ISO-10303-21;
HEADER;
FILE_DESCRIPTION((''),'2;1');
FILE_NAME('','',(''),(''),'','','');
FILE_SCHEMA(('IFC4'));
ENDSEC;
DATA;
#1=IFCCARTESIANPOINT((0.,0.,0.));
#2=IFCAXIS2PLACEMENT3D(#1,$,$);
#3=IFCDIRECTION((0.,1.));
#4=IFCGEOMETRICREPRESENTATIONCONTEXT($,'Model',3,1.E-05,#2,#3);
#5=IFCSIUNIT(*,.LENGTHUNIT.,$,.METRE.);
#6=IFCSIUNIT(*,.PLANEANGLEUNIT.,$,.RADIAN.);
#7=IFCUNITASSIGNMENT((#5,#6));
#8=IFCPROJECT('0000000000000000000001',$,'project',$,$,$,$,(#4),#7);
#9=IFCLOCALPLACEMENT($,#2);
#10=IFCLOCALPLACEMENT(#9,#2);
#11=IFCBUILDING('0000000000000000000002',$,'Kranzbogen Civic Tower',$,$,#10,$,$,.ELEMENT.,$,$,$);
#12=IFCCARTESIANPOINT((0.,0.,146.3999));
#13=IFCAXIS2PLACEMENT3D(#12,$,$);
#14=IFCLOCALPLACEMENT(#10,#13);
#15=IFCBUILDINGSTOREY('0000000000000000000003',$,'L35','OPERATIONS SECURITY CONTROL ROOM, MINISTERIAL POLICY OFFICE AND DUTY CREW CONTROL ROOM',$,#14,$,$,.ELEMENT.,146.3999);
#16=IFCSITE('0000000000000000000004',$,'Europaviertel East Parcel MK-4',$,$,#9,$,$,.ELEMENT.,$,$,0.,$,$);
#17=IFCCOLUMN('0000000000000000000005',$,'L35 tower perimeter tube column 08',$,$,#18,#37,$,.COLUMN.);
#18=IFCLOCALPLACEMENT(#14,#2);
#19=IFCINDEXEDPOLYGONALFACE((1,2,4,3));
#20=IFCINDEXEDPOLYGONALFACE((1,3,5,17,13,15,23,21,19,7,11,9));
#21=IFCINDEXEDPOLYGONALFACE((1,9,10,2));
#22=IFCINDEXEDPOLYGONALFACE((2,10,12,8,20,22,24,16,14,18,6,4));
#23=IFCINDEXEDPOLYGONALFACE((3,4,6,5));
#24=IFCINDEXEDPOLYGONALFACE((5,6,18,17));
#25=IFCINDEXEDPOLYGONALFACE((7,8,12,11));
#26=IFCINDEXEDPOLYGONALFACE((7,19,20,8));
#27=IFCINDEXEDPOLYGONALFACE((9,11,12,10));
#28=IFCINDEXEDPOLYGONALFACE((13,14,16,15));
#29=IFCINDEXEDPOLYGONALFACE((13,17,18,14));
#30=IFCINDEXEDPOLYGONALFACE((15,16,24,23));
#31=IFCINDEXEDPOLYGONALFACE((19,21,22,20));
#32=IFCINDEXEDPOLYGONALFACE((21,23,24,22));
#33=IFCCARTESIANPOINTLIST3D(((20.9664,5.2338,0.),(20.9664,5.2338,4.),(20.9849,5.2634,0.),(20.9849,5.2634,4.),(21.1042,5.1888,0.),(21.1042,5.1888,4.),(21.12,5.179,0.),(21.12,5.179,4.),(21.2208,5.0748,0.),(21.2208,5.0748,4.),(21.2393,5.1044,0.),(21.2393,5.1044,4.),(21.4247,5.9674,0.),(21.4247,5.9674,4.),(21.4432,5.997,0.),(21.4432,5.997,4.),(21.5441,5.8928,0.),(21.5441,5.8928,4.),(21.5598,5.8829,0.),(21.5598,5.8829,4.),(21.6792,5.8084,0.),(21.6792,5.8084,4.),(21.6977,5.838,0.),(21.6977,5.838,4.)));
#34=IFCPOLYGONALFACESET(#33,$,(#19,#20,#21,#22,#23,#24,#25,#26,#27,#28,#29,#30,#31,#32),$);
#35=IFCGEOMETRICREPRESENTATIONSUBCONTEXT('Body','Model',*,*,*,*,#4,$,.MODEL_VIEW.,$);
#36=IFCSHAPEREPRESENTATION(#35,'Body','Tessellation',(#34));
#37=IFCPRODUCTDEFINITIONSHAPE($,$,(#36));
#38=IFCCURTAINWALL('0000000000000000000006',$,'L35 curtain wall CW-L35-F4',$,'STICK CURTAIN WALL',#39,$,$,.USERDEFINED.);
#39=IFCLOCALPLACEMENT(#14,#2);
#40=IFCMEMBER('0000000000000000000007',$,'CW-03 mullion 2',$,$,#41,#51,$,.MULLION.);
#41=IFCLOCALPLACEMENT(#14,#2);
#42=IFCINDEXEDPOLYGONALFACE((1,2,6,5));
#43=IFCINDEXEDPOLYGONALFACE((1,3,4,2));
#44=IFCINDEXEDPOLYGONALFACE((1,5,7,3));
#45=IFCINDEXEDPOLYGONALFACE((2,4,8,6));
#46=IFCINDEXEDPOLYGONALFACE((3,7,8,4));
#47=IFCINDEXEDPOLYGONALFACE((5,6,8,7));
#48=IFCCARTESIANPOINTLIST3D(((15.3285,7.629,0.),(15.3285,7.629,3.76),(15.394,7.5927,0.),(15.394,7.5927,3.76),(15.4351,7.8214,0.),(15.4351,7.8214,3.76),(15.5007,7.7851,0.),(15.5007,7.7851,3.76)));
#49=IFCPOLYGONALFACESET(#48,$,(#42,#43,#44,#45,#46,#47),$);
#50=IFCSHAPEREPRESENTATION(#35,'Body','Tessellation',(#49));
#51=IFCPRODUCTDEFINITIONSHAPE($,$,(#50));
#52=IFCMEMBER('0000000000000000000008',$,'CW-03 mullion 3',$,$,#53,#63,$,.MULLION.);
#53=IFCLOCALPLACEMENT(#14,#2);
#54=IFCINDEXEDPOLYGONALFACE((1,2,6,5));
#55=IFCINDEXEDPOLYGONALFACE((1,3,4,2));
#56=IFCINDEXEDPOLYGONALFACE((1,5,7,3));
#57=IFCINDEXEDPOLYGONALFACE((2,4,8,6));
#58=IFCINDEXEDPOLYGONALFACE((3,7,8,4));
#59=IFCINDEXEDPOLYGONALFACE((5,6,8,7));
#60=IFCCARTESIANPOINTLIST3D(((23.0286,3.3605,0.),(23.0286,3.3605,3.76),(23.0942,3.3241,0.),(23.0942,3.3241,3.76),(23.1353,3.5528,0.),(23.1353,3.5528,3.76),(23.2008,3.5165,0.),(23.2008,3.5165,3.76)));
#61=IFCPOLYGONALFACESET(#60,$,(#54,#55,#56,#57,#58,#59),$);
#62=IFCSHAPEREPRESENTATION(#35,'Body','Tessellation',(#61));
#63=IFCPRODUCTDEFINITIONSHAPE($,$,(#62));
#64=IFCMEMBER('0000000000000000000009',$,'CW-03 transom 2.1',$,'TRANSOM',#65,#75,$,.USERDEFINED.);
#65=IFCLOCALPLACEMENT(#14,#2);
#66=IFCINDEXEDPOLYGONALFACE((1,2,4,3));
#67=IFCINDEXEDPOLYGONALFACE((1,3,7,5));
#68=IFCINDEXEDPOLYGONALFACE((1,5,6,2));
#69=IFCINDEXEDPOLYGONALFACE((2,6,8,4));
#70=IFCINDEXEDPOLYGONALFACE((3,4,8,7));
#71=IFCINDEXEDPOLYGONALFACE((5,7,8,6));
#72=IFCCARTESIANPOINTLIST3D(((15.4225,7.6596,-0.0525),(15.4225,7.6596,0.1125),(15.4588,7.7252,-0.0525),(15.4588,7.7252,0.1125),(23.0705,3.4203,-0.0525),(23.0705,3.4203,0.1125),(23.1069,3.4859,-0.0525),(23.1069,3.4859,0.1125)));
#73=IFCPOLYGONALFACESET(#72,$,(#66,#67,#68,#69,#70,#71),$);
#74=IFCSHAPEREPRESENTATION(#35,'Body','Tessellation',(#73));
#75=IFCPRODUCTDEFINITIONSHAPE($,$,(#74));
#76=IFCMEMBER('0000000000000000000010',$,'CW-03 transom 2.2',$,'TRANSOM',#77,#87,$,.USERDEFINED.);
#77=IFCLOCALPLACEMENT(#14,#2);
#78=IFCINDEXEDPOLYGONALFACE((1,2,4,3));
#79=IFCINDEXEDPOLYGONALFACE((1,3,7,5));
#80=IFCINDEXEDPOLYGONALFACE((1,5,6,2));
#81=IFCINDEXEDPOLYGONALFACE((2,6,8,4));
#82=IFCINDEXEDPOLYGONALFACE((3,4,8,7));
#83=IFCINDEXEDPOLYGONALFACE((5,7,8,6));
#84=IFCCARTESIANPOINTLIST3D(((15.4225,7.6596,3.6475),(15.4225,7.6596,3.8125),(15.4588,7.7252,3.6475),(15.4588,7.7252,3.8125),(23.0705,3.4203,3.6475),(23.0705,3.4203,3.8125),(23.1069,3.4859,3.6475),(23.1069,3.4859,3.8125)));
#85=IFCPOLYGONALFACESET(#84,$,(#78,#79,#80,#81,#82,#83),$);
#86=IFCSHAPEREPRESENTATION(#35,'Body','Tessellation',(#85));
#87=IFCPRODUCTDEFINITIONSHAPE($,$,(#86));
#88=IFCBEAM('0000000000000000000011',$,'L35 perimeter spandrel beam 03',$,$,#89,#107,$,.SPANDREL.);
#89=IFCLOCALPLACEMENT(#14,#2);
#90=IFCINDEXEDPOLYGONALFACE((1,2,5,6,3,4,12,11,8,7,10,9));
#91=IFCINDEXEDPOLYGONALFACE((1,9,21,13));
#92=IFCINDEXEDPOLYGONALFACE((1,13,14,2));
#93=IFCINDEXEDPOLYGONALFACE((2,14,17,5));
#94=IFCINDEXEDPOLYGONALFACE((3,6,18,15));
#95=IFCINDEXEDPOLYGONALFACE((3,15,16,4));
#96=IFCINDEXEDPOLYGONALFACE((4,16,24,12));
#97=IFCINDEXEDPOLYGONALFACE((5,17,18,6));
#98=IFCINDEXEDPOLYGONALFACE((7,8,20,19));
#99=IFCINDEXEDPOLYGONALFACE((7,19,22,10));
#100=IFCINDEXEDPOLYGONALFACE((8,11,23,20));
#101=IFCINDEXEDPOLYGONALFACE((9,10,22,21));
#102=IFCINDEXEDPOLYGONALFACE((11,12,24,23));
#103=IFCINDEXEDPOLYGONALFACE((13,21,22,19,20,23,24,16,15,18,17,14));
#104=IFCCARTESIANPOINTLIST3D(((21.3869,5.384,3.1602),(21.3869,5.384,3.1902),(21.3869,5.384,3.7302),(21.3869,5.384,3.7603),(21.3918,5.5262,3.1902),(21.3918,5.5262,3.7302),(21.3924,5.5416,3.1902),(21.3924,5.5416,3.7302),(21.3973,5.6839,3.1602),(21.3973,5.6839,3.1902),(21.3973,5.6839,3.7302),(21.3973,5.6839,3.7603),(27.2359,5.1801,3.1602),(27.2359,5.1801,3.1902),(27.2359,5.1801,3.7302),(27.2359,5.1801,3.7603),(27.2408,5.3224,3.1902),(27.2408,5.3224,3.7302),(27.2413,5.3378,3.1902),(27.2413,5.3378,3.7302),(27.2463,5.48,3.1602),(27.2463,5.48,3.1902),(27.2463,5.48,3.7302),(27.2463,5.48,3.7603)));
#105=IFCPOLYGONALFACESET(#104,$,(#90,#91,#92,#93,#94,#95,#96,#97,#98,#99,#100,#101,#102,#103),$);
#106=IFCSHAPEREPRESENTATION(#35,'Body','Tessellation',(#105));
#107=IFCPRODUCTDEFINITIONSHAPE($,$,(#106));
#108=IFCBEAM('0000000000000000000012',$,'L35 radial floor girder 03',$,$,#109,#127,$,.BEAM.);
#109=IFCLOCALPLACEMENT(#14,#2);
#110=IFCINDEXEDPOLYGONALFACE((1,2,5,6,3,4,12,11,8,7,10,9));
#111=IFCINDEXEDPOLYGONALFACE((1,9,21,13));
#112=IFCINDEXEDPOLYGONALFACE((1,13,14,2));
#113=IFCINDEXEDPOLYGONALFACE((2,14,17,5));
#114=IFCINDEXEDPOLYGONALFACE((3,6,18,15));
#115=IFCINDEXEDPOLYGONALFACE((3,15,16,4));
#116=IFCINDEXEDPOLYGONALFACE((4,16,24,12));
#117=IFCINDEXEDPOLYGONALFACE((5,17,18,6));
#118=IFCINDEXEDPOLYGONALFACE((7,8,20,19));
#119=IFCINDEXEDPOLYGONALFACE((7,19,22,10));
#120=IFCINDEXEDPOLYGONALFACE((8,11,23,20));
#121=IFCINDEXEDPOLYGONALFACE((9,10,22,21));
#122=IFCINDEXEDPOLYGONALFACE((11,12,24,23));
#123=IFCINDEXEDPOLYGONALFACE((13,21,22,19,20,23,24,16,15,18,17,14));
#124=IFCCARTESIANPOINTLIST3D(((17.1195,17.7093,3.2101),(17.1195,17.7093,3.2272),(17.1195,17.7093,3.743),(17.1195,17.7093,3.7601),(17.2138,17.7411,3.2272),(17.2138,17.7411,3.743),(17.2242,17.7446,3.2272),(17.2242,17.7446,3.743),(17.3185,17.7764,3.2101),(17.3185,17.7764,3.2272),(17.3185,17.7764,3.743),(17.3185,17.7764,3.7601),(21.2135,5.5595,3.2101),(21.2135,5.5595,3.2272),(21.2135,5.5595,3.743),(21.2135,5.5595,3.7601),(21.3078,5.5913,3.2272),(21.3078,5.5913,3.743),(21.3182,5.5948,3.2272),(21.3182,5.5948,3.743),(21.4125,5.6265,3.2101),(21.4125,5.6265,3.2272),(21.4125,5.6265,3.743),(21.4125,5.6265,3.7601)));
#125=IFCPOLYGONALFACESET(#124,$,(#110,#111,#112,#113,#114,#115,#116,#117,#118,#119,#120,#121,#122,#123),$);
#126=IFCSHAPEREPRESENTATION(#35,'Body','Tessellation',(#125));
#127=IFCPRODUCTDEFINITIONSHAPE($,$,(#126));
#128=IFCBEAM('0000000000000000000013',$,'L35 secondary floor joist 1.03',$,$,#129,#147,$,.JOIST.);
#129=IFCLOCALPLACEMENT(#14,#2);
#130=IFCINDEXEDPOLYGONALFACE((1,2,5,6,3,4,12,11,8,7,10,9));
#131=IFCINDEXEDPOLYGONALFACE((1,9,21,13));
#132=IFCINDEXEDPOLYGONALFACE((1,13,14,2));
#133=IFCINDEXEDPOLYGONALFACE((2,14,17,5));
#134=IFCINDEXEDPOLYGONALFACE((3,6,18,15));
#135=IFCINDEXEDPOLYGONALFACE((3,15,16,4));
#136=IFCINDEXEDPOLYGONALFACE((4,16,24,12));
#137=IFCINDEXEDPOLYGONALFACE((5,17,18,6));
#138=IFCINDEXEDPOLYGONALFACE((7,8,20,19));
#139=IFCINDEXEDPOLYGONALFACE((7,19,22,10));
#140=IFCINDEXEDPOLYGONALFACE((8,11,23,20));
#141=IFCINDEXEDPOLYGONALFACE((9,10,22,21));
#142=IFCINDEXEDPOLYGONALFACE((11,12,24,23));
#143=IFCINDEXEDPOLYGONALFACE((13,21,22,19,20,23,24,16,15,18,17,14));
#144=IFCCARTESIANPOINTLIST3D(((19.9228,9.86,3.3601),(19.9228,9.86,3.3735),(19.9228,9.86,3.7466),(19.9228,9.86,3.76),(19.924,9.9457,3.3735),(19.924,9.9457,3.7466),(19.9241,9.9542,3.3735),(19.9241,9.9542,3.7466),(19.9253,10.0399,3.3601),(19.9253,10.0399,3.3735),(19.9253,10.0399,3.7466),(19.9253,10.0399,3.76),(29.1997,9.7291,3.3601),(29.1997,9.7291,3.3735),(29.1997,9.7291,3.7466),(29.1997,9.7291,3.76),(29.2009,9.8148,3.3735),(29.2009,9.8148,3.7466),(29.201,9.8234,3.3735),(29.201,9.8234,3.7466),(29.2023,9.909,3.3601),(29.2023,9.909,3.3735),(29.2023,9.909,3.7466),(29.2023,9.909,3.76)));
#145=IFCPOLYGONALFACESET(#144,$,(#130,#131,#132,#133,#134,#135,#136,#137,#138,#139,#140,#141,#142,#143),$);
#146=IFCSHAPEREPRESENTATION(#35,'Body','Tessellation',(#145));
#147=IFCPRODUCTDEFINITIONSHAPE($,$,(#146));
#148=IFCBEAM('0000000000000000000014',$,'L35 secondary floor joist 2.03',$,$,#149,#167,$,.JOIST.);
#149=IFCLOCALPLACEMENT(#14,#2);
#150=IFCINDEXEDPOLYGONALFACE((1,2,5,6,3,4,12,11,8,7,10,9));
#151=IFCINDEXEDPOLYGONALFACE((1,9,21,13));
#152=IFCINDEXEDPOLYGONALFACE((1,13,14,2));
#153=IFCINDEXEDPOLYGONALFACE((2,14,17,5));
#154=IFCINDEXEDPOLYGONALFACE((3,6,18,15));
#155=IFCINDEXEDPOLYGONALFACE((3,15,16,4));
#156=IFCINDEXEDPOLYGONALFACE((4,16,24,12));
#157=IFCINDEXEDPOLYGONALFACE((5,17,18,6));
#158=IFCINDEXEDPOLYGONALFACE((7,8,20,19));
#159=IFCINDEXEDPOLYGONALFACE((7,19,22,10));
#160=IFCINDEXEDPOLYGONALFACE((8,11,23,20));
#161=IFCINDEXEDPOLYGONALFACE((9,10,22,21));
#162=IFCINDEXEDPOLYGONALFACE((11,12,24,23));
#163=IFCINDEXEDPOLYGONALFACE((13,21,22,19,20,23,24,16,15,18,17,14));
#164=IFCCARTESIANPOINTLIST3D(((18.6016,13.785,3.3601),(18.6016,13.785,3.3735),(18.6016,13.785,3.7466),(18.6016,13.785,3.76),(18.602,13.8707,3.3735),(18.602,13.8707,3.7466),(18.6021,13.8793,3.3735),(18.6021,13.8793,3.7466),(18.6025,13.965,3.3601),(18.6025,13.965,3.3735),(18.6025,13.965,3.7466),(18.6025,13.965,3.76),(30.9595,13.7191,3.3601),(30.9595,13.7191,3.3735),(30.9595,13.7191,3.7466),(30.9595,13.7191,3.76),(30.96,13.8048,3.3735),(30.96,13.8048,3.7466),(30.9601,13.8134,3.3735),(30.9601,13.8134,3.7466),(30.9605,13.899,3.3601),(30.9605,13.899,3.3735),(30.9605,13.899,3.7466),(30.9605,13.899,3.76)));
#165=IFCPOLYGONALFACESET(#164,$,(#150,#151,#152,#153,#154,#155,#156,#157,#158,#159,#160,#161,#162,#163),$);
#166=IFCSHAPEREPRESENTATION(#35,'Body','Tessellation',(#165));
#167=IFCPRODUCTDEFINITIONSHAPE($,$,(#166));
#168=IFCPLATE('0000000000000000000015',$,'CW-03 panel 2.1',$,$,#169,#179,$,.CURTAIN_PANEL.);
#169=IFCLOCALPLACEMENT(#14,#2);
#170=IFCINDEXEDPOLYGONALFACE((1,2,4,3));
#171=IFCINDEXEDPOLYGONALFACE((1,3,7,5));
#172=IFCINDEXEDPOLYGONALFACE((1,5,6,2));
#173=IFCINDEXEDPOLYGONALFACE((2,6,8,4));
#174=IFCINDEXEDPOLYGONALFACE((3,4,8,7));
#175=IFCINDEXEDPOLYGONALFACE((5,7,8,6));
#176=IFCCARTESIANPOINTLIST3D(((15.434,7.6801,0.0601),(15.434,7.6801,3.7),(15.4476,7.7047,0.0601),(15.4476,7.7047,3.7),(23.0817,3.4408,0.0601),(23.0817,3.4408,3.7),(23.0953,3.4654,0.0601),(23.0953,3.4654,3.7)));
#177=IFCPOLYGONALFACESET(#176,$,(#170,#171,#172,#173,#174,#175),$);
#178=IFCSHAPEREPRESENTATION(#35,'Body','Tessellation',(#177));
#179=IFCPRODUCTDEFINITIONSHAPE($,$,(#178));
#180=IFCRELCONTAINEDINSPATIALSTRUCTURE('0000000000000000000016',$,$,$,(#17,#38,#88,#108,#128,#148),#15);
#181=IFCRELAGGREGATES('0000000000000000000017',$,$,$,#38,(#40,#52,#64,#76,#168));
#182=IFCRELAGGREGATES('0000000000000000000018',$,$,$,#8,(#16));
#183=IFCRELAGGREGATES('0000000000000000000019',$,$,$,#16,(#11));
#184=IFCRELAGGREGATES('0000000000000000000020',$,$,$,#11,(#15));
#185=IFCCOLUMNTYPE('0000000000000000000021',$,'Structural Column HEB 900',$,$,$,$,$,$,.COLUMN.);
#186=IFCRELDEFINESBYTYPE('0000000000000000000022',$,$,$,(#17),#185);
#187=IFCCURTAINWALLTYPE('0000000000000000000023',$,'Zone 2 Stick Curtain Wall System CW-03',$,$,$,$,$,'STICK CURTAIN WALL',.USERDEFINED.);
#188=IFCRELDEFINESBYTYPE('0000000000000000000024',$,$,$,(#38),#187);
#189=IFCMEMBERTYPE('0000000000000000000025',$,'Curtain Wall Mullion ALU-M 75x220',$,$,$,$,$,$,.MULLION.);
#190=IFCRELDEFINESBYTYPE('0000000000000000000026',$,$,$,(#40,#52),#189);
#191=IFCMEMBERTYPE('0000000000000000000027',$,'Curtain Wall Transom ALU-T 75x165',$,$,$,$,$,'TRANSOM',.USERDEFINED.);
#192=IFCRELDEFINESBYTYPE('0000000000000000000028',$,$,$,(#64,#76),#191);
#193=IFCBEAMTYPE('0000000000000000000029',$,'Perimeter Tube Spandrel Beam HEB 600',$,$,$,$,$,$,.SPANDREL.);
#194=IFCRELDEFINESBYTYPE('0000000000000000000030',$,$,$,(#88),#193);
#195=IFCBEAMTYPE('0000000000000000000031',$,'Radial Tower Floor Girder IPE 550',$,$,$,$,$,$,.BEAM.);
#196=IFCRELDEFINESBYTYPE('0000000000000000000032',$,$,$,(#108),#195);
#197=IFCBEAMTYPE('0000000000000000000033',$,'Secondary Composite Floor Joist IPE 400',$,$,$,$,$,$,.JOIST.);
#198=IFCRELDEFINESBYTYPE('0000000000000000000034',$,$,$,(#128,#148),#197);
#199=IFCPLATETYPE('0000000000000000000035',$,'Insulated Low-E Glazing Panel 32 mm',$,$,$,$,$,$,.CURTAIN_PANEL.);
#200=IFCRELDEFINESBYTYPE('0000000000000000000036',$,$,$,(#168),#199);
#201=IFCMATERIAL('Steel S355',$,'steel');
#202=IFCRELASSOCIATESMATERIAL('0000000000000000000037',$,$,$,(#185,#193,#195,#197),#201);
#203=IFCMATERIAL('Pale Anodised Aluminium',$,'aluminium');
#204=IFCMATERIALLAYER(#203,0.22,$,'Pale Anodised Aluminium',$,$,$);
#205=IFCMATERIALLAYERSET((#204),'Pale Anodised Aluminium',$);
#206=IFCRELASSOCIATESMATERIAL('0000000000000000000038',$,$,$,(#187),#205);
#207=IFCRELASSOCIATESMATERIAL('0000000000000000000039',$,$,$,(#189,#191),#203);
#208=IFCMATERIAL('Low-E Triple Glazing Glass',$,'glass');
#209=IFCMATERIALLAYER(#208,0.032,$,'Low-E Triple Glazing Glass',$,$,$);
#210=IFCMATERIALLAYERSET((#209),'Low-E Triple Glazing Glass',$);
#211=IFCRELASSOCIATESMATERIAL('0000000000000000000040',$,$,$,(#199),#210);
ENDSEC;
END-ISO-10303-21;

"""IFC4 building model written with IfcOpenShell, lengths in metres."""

from ifc_helpers import new_model, si_unit, direction, frame, origin, origin_2d, place, context, subcontext, project, spatial, rectangle, i_section, extrude, material, layer, layer_set, material_profile, profile_set, type_object, element, aggregate, save


model = new_model("IFC4")

# Units and contexts
model_context = context("Model", 3, precision=1e-05, world=origin(), true_north=direction((0.0, 1.0)))
body_context = subcontext(model_context, "Body", "Model", "MODEL_VIEW")
ifc_project = project(units=[si_unit("LENGTHUNIT", "METRE"), si_unit("PLANEANGLEUNIT", "RADIAN")], contexts=[model_context])

# Site, building, storey
site_placement = place(None, origin())
site = spatial("IfcSite", under=ifc_project, at=site_placement, Name="Europaviertel East Parcel MK-4", CompositionType="ELEMENT", RefElevation=0.0)
building_placement = place(site_placement, origin())
building = spatial("IfcBuilding", under=site, at=building_placement, Name="Kranzbogen Civic Tower", CompositionType="ELEMENT")
storey_placement = place(building_placement, frame((0.0, 0.0, 146.3999)))
storey = spatial("IfcBuildingStorey", under=building, at=storey_placement, Name="L35", Description="OPERATIONS SECURITY CONTROL ROOM, MINISTERIAL POLICY OFFICE AND DUTY CREW CONTROL ROOM", CompositionType="ELEMENT", Elevation=146.3999)

# Column
ifc_material_1 = material(Name="Steel S355", Category="steel")
ifc_material_profile_1 = material_profile(ifc_material_1, i_section(OverallWidth=0.3, OverallDepth=0.8999, WebThickness=0.0186, FlangeThickness=0.0349, at=origin_2d()), Name="HEB 900")
ifc_profile_set_1 = profile_set([ifc_material_profile_1], Name="Steel S355")
column_type = type_object("IfcColumnType", Name="Structural Column HEB 900", PredefinedType="COLUMN", material=ifc_profile_set_1)
column_placement = place(storey_placement, frame((21.332, 5.5359, 0.0), z_axis=(0.0, 0.0, 1.0), x_axis=(-0.848048, 0.529919, 0.0)))
element("IfcColumn", 1, at=column_placement, inside=storey, type_object=column_type, Name="L35 tower perimeter tube column 08", PredefinedType="COLUMN", context=body_context, shape_type="SweptSolid", body=[
    extrude(i_section(OverallWidth=0.3, OverallDepth=0.8999, WebThickness=0.0186, FlangeThickness=0.0349, at=origin_2d()), origin(), (0.0, 0.0, 1.0), 4.0),
])

# Curtain wall, members
ifc_material_2 = material(Name="Pale Anodised Aluminium", Category="aluminium")
ifc_layer_1 = layer(ifc_material_2, 0.22, Name="Pale Anodised Aluminium")
ifc_layer_set_1 = layer_set([ifc_layer_1], Name="Pale Anodised Aluminium")
curtain_wall_type = type_object("IfcCurtainWallType", Name="Zone 2 Stick Curtain Wall System CW-03", ElementType="STICK CURTAIN WALL", PredefinedType="USERDEFINED", material=ifc_layer_set_1)
curtain_wall_placement = place(storey_placement, origin())
curtain_wall = element("IfcCurtainWall", 2, at=curtain_wall_placement, inside=storey, type_object=curtain_wall_type, Name="L35 curtain wall CW-L35-F4", ObjectType="STICK CURTAIN WALL", PredefinedType="USERDEFINED")
ifc_material_profile_2 = material_profile(ifc_material_2, rectangle(XDim=0.075, YDim=0.22, at=origin_2d()), Name="ALU-M 75x220")
ifc_profile_set_2 = profile_set([ifc_material_profile_2], Name="Pale Anodised Aluminium")
member_type_1 = type_object("IfcMemberType", Name="Curtain Wall Mullion ALU-M 75x220", PredefinedType="MULLION", material=ifc_profile_set_2)
member_1_placement = place(storey_placement, frame((15.4146, 7.707, 0.0), z_axis=(0.0, 0.0, 1.0), x_axis=(0.874613, -0.484821, 0.0)))
member_1 = element("IfcMember", 3, at=member_1_placement, type_object=member_type_1, Name="CW-03 mullion 2", PredefinedType="MULLION", context=body_context, shape_type="SweptSolid", body=[
    extrude(rectangle(XDim=0.075, YDim=0.22, at=origin_2d()), origin(), (0.0, 0.0, 1.0), 3.76),
])
member_2_placement = place(storey_placement, frame((23.1147, 3.4385, 0.0), z_axis=(0.0, 0.0, 1.0), x_axis=(0.874613, -0.484821, 0.0)))
member_2 = element("IfcMember", 4, at=member_2_placement, type_object=member_type_1, Name="CW-03 mullion 3", PredefinedType="MULLION", context=body_context, shape_type="SweptSolid", body=[
    extrude(rectangle(XDim=0.075, YDim=0.22, at=origin_2d()), origin(), (0.0, 0.0, 1.0), 3.76),
])
ifc_material_profile_3 = material_profile(ifc_material_2, rectangle(XDim=0.075, YDim=0.165, at=origin_2d()), Name="ALU-T 75x165")
ifc_profile_set_3 = profile_set([ifc_material_profile_3], Name="Pale Anodised Aluminium")
member_type_2 = type_object("IfcMemberType", Name="Curtain Wall Transom ALU-T 75x165", ElementType="TRANSOM", PredefinedType="USERDEFINED", material=ifc_profile_set_3)
member_3_placement = place(storey_placement, frame((15.4407, 7.6924, 0.03), z_axis=(0.874623, -0.484804, 0.0), x_axis=(0.484804, 0.874623, 0.0)))
member_3 = element("IfcMember", 5, at=member_3_placement, type_object=member_type_2, Name="CW-03 transom 2.1", ObjectType="TRANSOM", PredefinedType="USERDEFINED", context=body_context, shape_type="SweptSolid", body=[
    extrude(rectangle(XDim=0.075, YDim=0.165, at=origin_2d()), origin(), (0.0, 0.0, 1.0), 8.7444),
])
member_4_placement = place(storey_placement, frame((15.4407, 7.6924, 3.73), z_axis=(0.874623, -0.484804, 0.0), x_axis=(0.484804, 0.874623, 0.0)))
member_4 = element("IfcMember", 6, at=member_4_placement, type_object=member_type_2, Name="CW-03 transom 2.2", ObjectType="TRANSOM", PredefinedType="USERDEFINED", context=body_context, shape_type="SweptSolid", body=[
    extrude(rectangle(XDim=0.075, YDim=0.165, at=origin_2d()), origin(), (0.0, 0.0, 1.0), 8.7444),
])

# Beams
ifc_material_profile_4 = material_profile(ifc_material_1, i_section(OverallWidth=0.3, OverallDepth=0.6001, WebThickness=0.0154, FlangeThickness=0.03, at=origin_2d()), Name="HEB 600")
ifc_profile_set_4 = profile_set([ifc_material_profile_4], Name="Steel S355")
beam_type_1 = type_object("IfcBeamType", Name="Perimeter Tube Spandrel Beam HEB 600", PredefinedType="SPANDREL", material=ifc_profile_set_4)
beam_1_placement = place(storey_placement, frame((21.3921, 5.5339, 3.4602), z_axis=(0.999393, -0.034833, 0.0), x_axis=(0.034833, 0.999393, 0.0)))
element("IfcBeam", 7, at=beam_1_placement, inside=storey, type_object=beam_type_1, Name="L35 perimeter spandrel beam 03", PredefinedType="SPANDREL", context=body_context, shape_type="SweptSolid", body=[
    extrude(i_section(OverallWidth=0.3, OverallDepth=0.6001, WebThickness=0.0154, FlangeThickness=0.03, at=origin_2d()), origin(), (0.0, 0.0, 1.0), 5.8525),
])
ifc_material_profile_5 = material_profile(ifc_material_1, i_section(OverallWidth=0.21, OverallDepth=0.55, WebThickness=0.011, FlangeThickness=0.0171, at=origin_2d()), Name="IPE 550")
ifc_profile_set_5 = profile_set([ifc_material_profile_5], Name="Steel S355")
beam_type_2 = type_object("IfcBeamType", Name="Radial Tower Floor Girder IPE 550", PredefinedType="BEAM", material=ifc_profile_set_5)
beam_2_placement = place(storey_placement, frame((21.313, 5.593, 3.4851), z_axis=(-0.319317, 0.947648, 0.0), x_axis=(-0.947648, -0.319317, 0.0)))
element("IfcBeam", 8, at=beam_2_placement, inside=storey, type_object=beam_type_2, Name="L35 radial floor girder 03", PredefinedType="BEAM", context=body_context, shape_type="SweptSolid", body=[
    extrude(i_section(OverallWidth=0.21, OverallDepth=0.55, WebThickness=0.011, FlangeThickness=0.0171, at=origin_2d()), origin(), (0.0, 0.0, 1.0), 12.821),
])
ifc_material_profile_6 = material_profile(ifc_material_1, i_section(OverallWidth=0.1799, OverallDepth=0.3999, WebThickness=0.0085, FlangeThickness=0.0134, at=origin_2d()), Name="IPE 400")
ifc_profile_set_6 = profile_set([ifc_material_profile_6], Name="Steel S355")
beam_type_3 = type_object("IfcBeamType", Name="Secondary Composite Floor Joist IPE 400", PredefinedType="JOIST", material=ifc_profile_set_6)
beam_3_placement = place(storey_placement, frame((19.9241, 9.95, 3.5601), z_axis=(0.999901, -0.014105, 0.0), x_axis=(0.014105, 0.999901, 0.0)))
element("IfcBeam", 9, at=beam_3_placement, inside=storey, type_object=beam_type_3, Name="L35 secondary floor joist 1.03", PredefinedType="JOIST", context=body_context, shape_type="SweptSolid", body=[
    extrude(i_section(OverallWidth=0.1799, OverallDepth=0.3999, WebThickness=0.0085, FlangeThickness=0.0134, at=origin_2d()), origin(), (0.0, 0.0, 1.0), 9.2778),
])
beam_4_placement = place(storey_placement, frame((18.6021, 13.875, 3.5601), z_axis=(0.999986, -0.005334, 0.0), x_axis=(0.005334, 0.999986, 0.0)))
element("IfcBeam", 10, at=beam_4_placement, inside=storey, type_object=beam_type_3, Name="L35 secondary floor joist 2.03", PredefinedType="JOIST", context=body_context, shape_type="SweptSolid", body=[
    extrude(i_section(OverallWidth=0.1799, OverallDepth=0.3999, WebThickness=0.0085, FlangeThickness=0.0134, at=origin_2d()), origin(), (0.0, 0.0, 1.0), 12.3582),
])

# Plate
ifc_material_3 = material(Name="Low-E Triple Glazing Glass", Category="glass")
ifc_layer_2 = layer(ifc_material_3, 0.032, Name="Low-E Triple Glazing Glass")
ifc_layer_set_2 = layer_set([ifc_layer_2], Name="Low-E Triple Glazing Glass")
plate_type = type_object("IfcPlateType", Name="Insulated Low-E Glazing Panel 32 mm", PredefinedType="CURTAIN_PANEL", material=ifc_layer_set_2)
plate_placement = place(storey_placement, frame((19.2646, 5.5728, 0.0601), z_axis=(0.0, 0.0, 1.0), x_axis=(0.874613, -0.484821, 0.0)))
plate = element("IfcPlate", 11, at=plate_placement, type_object=plate_type, Name="CW-03 panel 2.1", PredefinedType="CURTAIN_PANEL", context=body_context, shape_type="SweptSolid", body=[
    extrude(rectangle(XDim=8.7441, YDim=0.0281, at=origin_2d()), origin(), (0.0, 0.0, 1.0), 3.6399),
])
aggregate(curtain_wall, [member_1, member_2, member_3, member_4, plate])

save(model, "model.ifc")
